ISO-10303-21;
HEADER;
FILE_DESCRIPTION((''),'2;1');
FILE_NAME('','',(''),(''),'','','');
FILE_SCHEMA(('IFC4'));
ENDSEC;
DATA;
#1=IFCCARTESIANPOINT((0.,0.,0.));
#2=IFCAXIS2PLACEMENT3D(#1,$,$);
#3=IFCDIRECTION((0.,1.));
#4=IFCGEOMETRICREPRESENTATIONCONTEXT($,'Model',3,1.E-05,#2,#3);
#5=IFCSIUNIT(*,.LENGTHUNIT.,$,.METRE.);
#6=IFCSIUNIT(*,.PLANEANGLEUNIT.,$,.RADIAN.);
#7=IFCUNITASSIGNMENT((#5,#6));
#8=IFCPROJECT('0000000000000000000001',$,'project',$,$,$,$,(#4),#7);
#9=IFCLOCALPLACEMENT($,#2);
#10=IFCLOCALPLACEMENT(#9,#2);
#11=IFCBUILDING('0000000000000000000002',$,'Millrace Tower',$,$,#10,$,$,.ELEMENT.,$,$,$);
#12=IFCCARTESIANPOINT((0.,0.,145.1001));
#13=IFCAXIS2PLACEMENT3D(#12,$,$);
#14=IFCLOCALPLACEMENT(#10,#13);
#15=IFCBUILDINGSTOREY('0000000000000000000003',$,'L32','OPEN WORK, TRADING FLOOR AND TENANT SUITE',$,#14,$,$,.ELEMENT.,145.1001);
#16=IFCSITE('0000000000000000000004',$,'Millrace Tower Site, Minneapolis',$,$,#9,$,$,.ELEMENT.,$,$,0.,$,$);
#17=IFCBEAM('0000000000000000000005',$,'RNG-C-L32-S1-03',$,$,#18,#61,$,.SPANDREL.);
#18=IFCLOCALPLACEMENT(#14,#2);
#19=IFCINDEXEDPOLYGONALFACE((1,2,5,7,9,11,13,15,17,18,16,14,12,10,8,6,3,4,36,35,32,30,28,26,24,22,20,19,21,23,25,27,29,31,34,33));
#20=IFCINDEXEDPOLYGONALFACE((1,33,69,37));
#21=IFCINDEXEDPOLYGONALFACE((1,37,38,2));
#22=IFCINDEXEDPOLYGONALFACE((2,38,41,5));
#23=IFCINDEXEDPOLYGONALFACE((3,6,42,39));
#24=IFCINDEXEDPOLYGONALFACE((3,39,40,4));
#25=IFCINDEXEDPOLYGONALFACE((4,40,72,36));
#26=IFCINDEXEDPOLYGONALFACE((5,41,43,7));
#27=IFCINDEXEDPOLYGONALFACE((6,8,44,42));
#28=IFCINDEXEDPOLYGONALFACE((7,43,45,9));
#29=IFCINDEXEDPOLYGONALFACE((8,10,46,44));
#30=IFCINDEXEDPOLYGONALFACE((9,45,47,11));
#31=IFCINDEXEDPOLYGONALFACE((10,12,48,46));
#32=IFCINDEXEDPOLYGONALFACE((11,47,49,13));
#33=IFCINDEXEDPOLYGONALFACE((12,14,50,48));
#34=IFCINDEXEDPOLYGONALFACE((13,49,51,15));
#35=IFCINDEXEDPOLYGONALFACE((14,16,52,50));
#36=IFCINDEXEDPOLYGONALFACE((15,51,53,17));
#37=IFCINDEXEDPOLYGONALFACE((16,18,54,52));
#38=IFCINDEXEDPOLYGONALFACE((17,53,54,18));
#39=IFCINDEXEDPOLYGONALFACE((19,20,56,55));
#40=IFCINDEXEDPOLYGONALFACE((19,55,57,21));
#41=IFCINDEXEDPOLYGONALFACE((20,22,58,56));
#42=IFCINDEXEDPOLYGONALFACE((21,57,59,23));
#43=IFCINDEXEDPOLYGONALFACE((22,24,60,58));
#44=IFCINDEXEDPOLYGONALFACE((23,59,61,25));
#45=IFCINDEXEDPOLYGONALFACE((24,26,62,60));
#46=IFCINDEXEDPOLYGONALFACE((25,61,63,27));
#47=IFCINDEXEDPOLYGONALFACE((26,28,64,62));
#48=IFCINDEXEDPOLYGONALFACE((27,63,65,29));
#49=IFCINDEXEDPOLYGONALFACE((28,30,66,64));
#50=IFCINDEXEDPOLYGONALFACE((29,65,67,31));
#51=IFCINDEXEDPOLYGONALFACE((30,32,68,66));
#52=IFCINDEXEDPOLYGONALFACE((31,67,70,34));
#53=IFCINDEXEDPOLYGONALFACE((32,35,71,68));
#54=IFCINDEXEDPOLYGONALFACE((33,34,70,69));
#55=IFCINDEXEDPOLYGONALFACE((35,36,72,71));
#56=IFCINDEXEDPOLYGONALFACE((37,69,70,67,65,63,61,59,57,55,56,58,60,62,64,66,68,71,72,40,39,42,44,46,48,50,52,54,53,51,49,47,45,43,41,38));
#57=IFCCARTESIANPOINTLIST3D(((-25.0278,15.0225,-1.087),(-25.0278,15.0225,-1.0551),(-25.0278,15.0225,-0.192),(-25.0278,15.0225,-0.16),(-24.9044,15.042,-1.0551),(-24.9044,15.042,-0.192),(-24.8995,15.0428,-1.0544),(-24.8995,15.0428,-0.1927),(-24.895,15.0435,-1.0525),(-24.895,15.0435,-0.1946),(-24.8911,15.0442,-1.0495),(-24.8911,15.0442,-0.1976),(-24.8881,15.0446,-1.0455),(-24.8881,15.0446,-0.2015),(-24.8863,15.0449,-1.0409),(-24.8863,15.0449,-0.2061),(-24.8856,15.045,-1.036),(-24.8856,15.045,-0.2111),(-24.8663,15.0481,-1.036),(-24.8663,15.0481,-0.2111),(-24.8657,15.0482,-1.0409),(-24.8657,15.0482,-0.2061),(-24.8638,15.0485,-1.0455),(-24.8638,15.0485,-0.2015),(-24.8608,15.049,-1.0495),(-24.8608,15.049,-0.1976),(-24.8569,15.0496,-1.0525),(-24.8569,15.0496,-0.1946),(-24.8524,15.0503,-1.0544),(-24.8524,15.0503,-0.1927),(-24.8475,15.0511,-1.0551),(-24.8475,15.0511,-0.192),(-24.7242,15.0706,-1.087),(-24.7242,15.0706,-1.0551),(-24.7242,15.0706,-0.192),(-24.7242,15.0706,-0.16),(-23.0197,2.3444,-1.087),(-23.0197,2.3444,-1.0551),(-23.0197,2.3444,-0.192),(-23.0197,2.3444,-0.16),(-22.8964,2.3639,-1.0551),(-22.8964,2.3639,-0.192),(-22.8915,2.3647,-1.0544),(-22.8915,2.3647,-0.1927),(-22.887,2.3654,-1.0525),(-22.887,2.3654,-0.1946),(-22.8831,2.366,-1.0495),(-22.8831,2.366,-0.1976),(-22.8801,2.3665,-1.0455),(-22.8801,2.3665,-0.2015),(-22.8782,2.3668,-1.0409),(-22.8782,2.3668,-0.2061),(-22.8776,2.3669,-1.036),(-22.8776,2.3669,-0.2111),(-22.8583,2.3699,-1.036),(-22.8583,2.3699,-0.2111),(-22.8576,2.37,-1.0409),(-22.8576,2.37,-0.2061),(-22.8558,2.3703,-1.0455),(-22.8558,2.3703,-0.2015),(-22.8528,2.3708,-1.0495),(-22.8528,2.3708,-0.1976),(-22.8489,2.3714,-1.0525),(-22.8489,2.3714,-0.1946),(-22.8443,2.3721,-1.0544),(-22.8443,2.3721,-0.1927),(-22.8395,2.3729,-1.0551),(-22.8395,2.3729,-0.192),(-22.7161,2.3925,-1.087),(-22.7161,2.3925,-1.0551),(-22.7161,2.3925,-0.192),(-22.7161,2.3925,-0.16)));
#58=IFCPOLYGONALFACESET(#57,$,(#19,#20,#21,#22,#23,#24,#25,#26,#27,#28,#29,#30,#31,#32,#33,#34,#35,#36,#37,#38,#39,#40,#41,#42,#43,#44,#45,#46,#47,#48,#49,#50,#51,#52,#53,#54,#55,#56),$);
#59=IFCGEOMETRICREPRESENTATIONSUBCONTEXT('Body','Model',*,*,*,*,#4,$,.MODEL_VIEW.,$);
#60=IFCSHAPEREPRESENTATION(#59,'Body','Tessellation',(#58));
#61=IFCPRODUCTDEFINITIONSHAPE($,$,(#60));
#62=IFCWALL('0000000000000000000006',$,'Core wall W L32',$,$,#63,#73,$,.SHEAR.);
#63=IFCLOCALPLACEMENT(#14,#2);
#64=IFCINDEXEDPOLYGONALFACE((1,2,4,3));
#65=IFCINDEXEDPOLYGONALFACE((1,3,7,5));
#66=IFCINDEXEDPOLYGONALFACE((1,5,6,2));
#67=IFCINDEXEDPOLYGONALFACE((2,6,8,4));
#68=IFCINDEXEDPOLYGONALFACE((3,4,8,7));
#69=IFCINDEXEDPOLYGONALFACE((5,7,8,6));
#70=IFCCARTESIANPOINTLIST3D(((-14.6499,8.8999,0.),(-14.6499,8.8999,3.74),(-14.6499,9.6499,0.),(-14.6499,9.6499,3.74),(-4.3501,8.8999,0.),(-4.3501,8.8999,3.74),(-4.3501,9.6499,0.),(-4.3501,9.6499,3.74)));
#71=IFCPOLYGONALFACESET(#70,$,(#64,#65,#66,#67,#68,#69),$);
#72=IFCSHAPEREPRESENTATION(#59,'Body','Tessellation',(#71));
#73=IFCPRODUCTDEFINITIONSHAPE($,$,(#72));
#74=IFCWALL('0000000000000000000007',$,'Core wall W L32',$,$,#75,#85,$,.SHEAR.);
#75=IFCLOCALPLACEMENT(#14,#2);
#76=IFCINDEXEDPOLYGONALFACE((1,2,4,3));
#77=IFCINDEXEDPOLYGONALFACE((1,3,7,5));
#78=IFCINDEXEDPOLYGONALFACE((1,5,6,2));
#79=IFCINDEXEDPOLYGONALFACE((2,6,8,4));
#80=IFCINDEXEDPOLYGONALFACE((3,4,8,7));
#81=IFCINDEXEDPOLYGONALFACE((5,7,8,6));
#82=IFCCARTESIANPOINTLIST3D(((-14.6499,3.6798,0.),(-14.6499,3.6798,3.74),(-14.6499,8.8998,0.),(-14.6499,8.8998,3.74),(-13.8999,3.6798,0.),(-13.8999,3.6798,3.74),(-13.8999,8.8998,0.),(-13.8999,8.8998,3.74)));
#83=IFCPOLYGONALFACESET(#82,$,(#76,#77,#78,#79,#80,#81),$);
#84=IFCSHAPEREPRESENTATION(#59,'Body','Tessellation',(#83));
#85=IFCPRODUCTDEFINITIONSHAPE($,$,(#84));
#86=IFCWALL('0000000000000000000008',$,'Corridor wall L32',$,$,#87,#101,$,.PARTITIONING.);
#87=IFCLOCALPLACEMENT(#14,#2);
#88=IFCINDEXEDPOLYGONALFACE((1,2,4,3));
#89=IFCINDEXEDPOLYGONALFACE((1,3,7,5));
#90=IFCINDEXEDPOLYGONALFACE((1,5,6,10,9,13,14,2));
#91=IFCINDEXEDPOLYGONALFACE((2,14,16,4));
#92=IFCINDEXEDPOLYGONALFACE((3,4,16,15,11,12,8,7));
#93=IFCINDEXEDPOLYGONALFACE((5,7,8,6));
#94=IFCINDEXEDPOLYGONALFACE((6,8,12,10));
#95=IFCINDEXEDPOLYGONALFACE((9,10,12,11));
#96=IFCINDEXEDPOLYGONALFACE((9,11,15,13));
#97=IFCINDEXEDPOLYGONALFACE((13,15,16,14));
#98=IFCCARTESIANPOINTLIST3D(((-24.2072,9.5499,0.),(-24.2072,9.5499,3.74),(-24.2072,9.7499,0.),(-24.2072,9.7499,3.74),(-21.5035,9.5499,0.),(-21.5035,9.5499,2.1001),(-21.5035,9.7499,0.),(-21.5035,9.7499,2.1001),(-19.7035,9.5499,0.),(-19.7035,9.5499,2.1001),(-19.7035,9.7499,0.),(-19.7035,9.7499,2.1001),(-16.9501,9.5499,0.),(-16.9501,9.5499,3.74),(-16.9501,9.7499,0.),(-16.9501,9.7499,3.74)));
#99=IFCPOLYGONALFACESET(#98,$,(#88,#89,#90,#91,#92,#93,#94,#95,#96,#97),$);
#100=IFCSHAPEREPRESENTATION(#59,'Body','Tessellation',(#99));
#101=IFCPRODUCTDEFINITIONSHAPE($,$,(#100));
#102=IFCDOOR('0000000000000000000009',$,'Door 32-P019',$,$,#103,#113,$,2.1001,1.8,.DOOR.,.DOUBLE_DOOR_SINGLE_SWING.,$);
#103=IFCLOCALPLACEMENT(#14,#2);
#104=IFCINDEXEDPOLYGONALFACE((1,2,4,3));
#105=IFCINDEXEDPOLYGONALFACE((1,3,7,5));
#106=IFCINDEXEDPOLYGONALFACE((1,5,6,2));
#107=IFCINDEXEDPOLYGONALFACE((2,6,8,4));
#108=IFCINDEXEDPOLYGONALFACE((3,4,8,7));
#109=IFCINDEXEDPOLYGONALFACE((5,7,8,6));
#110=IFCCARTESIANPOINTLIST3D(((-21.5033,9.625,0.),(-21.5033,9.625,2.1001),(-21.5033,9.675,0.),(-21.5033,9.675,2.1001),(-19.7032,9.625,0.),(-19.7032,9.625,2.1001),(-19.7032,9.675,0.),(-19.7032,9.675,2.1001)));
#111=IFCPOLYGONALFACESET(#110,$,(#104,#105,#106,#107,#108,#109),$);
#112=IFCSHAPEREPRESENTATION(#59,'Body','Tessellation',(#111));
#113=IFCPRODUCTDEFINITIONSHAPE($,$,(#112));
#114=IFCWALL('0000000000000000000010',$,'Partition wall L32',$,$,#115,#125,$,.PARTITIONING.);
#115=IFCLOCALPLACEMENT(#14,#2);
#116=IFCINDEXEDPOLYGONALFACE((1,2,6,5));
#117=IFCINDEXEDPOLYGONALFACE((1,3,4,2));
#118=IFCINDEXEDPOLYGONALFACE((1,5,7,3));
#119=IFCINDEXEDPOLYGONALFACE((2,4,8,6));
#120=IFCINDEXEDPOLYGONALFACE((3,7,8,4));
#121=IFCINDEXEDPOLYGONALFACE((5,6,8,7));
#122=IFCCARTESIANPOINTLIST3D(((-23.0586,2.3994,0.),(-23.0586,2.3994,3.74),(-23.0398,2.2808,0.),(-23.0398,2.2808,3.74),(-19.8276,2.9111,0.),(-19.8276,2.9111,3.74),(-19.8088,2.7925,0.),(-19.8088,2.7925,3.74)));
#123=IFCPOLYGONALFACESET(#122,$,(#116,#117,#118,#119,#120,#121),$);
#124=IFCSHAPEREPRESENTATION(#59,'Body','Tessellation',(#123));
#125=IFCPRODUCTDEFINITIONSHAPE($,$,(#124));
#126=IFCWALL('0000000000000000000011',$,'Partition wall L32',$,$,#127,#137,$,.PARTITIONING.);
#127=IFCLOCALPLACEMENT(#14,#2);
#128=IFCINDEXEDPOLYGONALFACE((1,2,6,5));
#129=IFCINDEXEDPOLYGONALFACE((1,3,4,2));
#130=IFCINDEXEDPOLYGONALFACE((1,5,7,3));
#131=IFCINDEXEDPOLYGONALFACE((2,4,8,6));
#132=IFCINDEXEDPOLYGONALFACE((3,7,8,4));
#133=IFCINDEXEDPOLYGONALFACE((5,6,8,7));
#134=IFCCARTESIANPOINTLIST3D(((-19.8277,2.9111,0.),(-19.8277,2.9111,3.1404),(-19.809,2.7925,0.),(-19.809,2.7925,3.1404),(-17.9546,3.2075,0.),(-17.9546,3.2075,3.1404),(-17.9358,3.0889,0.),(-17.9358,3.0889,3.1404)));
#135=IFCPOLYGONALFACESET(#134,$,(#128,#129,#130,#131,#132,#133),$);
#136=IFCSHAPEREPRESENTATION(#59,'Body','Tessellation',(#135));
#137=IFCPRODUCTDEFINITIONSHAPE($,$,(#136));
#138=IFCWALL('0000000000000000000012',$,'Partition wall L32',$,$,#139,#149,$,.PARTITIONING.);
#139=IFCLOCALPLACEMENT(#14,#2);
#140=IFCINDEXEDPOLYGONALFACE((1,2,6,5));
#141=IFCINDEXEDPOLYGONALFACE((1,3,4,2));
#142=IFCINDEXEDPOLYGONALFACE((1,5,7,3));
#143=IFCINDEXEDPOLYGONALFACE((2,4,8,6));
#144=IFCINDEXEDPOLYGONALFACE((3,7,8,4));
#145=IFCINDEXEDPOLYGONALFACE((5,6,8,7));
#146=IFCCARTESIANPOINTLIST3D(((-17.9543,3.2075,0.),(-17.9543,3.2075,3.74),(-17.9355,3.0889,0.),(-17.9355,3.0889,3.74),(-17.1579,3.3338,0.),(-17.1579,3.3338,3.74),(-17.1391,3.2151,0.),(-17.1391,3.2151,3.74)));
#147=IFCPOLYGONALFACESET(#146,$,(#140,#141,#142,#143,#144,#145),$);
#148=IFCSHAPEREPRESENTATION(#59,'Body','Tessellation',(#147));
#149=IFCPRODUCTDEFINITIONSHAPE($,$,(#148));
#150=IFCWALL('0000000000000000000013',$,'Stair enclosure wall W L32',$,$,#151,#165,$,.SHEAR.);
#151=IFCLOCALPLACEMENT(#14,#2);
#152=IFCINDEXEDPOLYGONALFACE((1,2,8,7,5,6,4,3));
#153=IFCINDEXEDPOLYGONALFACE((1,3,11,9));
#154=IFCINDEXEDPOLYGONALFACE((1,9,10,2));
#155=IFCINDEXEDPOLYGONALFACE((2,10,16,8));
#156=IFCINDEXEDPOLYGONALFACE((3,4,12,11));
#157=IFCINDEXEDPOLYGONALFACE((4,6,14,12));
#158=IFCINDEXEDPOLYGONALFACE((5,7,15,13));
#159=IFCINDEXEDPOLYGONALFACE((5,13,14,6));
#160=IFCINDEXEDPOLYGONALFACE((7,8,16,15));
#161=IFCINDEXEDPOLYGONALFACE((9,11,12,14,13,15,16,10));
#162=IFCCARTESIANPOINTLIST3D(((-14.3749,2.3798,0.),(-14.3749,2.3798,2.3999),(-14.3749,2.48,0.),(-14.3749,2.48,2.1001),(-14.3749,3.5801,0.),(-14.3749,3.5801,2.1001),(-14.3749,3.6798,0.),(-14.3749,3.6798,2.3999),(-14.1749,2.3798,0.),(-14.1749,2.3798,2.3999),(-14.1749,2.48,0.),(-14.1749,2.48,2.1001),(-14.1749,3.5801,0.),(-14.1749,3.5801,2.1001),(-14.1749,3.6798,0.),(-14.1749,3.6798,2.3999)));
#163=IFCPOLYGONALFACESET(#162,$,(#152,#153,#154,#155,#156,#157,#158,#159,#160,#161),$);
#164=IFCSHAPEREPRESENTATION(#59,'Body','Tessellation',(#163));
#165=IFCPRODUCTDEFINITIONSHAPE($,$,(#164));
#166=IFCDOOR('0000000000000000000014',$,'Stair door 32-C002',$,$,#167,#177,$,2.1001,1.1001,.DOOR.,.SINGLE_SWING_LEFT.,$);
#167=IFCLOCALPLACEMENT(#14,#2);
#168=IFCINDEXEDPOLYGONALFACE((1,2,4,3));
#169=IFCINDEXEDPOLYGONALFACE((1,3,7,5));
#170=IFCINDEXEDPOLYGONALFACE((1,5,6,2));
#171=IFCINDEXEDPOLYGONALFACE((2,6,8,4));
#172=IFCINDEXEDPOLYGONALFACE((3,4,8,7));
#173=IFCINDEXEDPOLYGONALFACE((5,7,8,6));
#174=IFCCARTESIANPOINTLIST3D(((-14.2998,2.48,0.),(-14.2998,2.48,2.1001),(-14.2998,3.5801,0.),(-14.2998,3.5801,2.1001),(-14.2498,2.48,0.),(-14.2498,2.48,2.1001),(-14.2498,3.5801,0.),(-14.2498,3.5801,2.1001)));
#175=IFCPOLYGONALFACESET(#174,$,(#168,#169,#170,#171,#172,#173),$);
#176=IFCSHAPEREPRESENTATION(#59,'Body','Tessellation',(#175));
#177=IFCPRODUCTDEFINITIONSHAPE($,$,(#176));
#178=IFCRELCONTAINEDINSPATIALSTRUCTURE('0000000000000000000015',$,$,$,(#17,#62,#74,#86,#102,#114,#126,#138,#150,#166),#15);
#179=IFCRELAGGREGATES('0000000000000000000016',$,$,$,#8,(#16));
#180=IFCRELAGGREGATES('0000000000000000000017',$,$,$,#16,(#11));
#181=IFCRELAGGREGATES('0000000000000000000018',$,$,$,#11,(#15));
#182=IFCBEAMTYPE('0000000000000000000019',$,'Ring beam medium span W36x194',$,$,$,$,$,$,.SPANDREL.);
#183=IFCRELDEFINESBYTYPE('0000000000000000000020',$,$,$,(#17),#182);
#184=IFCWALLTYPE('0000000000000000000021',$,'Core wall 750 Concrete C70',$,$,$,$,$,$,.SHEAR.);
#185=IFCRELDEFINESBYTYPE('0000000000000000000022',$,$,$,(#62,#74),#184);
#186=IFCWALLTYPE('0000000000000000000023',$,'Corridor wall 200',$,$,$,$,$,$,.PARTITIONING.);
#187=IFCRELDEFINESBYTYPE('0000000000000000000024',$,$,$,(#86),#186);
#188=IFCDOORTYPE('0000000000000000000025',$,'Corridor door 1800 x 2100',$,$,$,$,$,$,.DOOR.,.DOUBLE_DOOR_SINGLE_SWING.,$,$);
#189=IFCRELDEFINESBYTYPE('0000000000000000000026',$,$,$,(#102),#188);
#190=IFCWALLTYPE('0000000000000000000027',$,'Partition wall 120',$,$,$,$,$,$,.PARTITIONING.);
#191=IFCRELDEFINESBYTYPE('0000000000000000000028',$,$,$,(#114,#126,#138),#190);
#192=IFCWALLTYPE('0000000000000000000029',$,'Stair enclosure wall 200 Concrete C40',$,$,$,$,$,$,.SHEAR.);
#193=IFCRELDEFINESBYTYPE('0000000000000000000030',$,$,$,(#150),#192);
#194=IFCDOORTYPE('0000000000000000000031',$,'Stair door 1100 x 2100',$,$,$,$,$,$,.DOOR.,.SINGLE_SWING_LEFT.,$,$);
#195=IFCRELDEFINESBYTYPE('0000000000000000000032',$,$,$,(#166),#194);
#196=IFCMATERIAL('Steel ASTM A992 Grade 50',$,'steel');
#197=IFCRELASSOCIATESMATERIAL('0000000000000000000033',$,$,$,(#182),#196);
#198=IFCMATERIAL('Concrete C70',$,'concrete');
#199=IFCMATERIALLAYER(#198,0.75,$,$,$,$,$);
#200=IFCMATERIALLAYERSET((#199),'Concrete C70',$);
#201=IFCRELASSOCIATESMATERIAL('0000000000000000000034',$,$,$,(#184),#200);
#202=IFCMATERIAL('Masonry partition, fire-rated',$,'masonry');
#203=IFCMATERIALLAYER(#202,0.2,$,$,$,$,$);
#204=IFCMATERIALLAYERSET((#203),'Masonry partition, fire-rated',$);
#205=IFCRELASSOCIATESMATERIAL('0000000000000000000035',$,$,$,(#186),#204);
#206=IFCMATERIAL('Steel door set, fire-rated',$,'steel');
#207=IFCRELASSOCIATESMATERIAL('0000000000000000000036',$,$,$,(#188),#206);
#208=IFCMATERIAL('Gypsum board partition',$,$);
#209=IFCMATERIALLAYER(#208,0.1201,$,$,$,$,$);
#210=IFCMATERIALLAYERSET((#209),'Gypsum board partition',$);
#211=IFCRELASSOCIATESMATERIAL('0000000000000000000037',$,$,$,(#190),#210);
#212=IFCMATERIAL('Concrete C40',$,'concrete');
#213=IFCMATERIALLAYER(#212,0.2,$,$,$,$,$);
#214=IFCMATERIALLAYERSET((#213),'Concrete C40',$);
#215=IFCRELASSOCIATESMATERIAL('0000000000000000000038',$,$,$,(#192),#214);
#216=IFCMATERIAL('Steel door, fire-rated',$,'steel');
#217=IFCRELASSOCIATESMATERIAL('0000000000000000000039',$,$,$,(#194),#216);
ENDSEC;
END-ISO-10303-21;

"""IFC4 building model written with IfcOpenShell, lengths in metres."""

from ifc_helpers import new_model, si_unit, direction, frame, frame_2d, origin, origin_2d, place, context, subcontext, project, spatial, rectangle, i_section, extrude, material, layer, layer_set, material_profile, profile_set, type_object, element, fill, save


model = new_model("IFC4")

# Units and contexts
model_context = context("Model", 3, precision=1e-05, world=origin(), true_north=direction((0.0, 1.0)))
body_context = subcontext(model_context, "Body", "Model", "MODEL_VIEW")
ifc_project = project(units=[si_unit("LENGTHUNIT", "METRE"), si_unit("PLANEANGLEUNIT", "RADIAN")], contexts=[model_context])

# Site, building, storey
site_placement = place(None, origin())
site = spatial("IfcSite", under=ifc_project, at=site_placement, Name="Millrace Tower Site, Minneapolis", CompositionType="ELEMENT", RefElevation=0.0)
building_placement = place(site_placement, origin())
building = spatial("IfcBuilding", under=site, at=building_placement, Name="Millrace Tower", CompositionType="ELEMENT")
storey_placement = place(building_placement, frame((0.0, 0.0, 145.1001)))
storey = spatial("IfcBuildingStorey", under=building, at=storey_placement, Name="L32", Description="OPEN WORK, TRADING FLOOR AND TENANT SUITE", CompositionType="ELEMENT", Elevation=145.1001)

# Beam
ifc_material_1 = material(Name="Steel ASTM A992 Grade 50", Category="steel")
ifc_material_profile_1 = material_profile(ifc_material_1, i_section(OverallWidth=0.3074, OverallDepth=0.927, WebThickness=0.0195, FlangeThickness=0.032, FilletRadius=0.019, at=origin_2d()))
ifc_profile_set_1 = profile_set([ifc_material_profile_1], Name="Steel ASTM A992 Grade 50")
beam_type_1 = type_object("IfcBeamType", Name="Ring beam medium span W36x194", PredefinedType="SPANDREL", material=ifc_profile_set_1)
beam_1_placement = place(storey_placement, frame((-22.8679, 2.3684, -0.6235), z_axis=(-0.156436, 0.987688, 0.0), x_axis=(-0.987688, -0.156436, 0.0)))
element("IfcBeam", 1, at=beam_1_placement, inside=storey, type_object=beam_type_1, Name="RNG-C-L32-S1-03", PredefinedType="SPANDREL", context=body_context, shape_type="SweptSolid", body=[
    extrude(i_section(OverallWidth=0.3074, OverallDepth=0.927, WebThickness=0.0195, FlangeThickness=0.032, FilletRadius=0.019, at=origin_2d()), origin(), (0.0, 0.0, 1.0), 12.8362),
])

# Walls
ifc_material_2 = material(Name="Concrete C70", Category="concrete")
ifc_layer_1 = layer(ifc_material_2, 0.75)
ifc_layer_set_1 = layer_set([ifc_layer_1], Name="Concrete C70")
wall_type_1 = type_object("IfcWallType", Name="Core wall 750 Concrete C70", PredefinedType="SHEAR", material=ifc_layer_set_1)
wall_1_placement = place(storey_placement, frame((-14.6499, 9.2749, 0.0), z_axis=(0.0, 0.0, 1.0), x_axis=(1.0, 0.0, 0.0)))
element("IfcWall", 2, at=wall_1_placement, inside=storey, type_object=wall_type_1, Name="Core wall W L32", PredefinedType="SHEAR", context=body_context, shape_type="SweptSolid", body=[
    extrude(rectangle(XDim=10.2998, YDim=0.75, at=frame_2d((5.1499, 0.0))), origin(), (0.0, 0.0, 1.0), 3.74),
])
wall_2_placement = place(storey_placement, frame((-14.2749, 3.6799, 0.0), z_axis=(0.0, 0.0, 1.0), x_axis=(0.0, 1.0, 0.0)))
element("IfcWall", 3, at=wall_2_placement, inside=storey, type_object=wall_type_1, Name="Core wall W L32", PredefinedType="SHEAR", context=body_context, shape_type="SweptSolid", body=[
    extrude(rectangle(XDim=5.22, YDim=0.75, at=frame_2d((2.6099, 0.0))), origin(), (0.0, 0.0, 1.0), 3.74),
])

# Wall, opening, door
ifc_material_3 = material(Name="Masonry partition, fire-rated", Category="masonry")
ifc_layer_2 = layer(ifc_material_3, 0.2)
ifc_layer_set_2 = layer_set([ifc_layer_2], Name="Masonry partition, fire-rated")
wall_type_2 = type_object("IfcWallType", Name="Corridor wall 200", PredefinedType="PARTITIONING", material=ifc_layer_set_2)
wall_3_placement = place(storey_placement, frame((-24.207, 9.6499, 0.0), z_axis=(0.0, 0.0, 1.0), x_axis=(1.0, 0.0, 0.0)))
wall_3 = element("IfcWall", 4, at=wall_3_placement, inside=storey, type_object=wall_type_2, Name="Corridor wall L32", PredefinedType="PARTITIONING", context=body_context, shape_type="SweptSolid", body=[
    extrude(rectangle(XDim=7.2571, YDim=0.2, at=frame_2d((3.6284, 0.0))), origin(), (0.0, 0.0, 1.0), 3.74),
])
opening_1_placement = place(wall_3_placement, frame((2.7036, 0.0, 0.0)))
opening_1 = element("IfcOpeningElement", 5, at=opening_1_placement, cuts=wall_3, PredefinedType="OPENING", context=body_context, shape_type="SweptSolid", body=[
    extrude(rectangle(XDim=1.8, YDim=2.1001, at=frame_2d((0.8999, 1.05))), frame((0.0, 0.1099, 0.0), z_axis=(0.0, -1.0, 0.0), x_axis=(1.0, 0.0, 0.0)), (0.0, 0.0, 1.0), 0.22),
])
ifc_material_4 = material(Name="Steel door set, fire-rated", Category="steel")
door_type_1 = type_object("IfcDoorType", Name="Corridor door 1800 x 2100", OperationType="DOUBLE_DOOR_SINGLE_SWING", PredefinedType="DOOR", material=ifc_material_4)
door_1_placement = place(opening_1_placement, frame((1.8, 0.0, 0.0), z_axis=(0.0, 0.0, 1.0), x_axis=(-1.0, 0.0, 0.0)))
door_1 = element("IfcDoor", 6, at=door_1_placement, inside=storey, type_object=door_type_1, Name="Door 32-P019", OperationType="DOUBLE_DOOR_SINGLE_SWING", OverallHeight=2.1001, OverallWidth=1.8, PredefinedType="DOOR", context=body_context, shape_type="SweptSolid", body=[
    extrude(rectangle(XDim=1.8, YDim=2.1001, at=frame_2d((0.8999, 1.05))), frame((0.0, 0.0249, 0.0), z_axis=(0.0, -1.0, 0.0), x_axis=(1.0, 0.0, 0.0)), (0.0, 0.0, 1.0), 0.05),
])
fill(opening_1, door_1)

# Walls
ifc_material_5 = material(Name="Gypsum board partition")
ifc_layer_3 = layer(ifc_material_5, 0.1201)
ifc_layer_set_3 = layer_set([ifc_layer_3], Name="Gypsum board partition")
wall_type_3 = type_object("IfcWallType", Name="Partition wall 120", PredefinedType="PARTITIONING", material=ifc_layer_set_3)
wall_4_placement = place(storey_placement, frame((-23.0493, 2.3401, 0.0), z_axis=(0.0, 0.0, 1.0), x_axis=(0.987689, 0.15643, 0.0)))
element("IfcWall", 7, at=wall_4_placement, inside=storey, type_object=wall_type_3, Name="Partition wall L32", PredefinedType="PARTITIONING", context=body_context, shape_type="SweptSolid", body=[
    extrude(rectangle(XDim=3.2712, YDim=0.1201, at=frame_2d((1.6357, 0.0))), origin(), (0.0, 0.0, 1.0), 3.74),
])
wall_5_placement = place(storey_placement, frame((-19.8184, 2.8518, 0.0), z_axis=(0.0, 0.0, 1.0), x_axis=(0.987714, 0.156273, 0.0)))
element("IfcWall", 8, at=wall_5_placement, inside=storey, type_object=wall_type_3, Name="Partition wall L32", PredefinedType="PARTITIONING", context=body_context, shape_type="SweptSolid", body=[
    extrude(rectangle(XDim=1.8965, YDim=0.1201, at=frame_2d((0.9482, 0.0))), origin(), (0.0, 0.0, 1.0), 3.1404),
])
wall_6_placement = place(storey_placement, frame((-17.9451, 3.1482, 0.0), z_axis=(0.0, 0.0, 1.0), x_axis=(0.987672, 0.156538, 0.0)))
element("IfcWall", 9, at=wall_6_placement, inside=storey, type_object=wall_type_3, Name="Partition wall L32", PredefinedType="PARTITIONING", context=body_context, shape_type="SweptSolid", body=[
    extrude(rectangle(XDim=0.8064, YDim=0.1201, at=frame_2d((0.4033, 0.0))), origin(), (0.0, 0.0, 1.0), 3.74),
])

# Wall, opening, door
ifc_material_6 = material(Name="Concrete C40", Category="concrete")
ifc_layer_4 = layer(ifc_material_6, 0.2)
ifc_layer_set_4 = layer_set([ifc_layer_4], Name="Concrete C40")
wall_type_4 = type_object("IfcWallType", Name="Stair enclosure wall 200 Concrete C40", PredefinedType="SHEAR", material=ifc_layer_set_4)
wall_7_placement = place(storey_placement, frame((-14.2749, 2.3799, 0.0), z_axis=(0.0, 0.0, 1.0), x_axis=(0.0, 1.0, 0.0)))
wall_7 = element("IfcWall", 10, at=wall_7_placement, inside=storey, type_object=wall_type_4, Name="Stair enclosure wall W L32", PredefinedType="SHEAR", context=body_context, shape_type="SweptSolid", body=[
    extrude(rectangle(XDim=1.3, YDim=0.2, at=frame_2d((0.6499, 0.0))), origin(), (0.0, 0.0, 1.0), 2.3999),
])
opening_2_placement = place(wall_7_placement, frame((0.1001, 0.0, 0.0)))
opening_2 = element("IfcOpeningElement", 11, at=opening_2_placement, cuts=wall_7, PredefinedType="OPENING", context=body_context, shape_type="SweptSolid", body=[
    extrude(rectangle(XDim=1.1001, YDim=2.1001, at=frame_2d((0.55, 1.05))), frame((0.0, 0.1099, 0.0), z_axis=(0.0, -1.0, 0.0), x_axis=(1.0, 0.0, 0.0)), (0.0, 0.0, 1.0), 0.22),
])
ifc_material_7 = material(Name="Steel door, fire-rated", Category="steel")
door_type_2 = type_object("IfcDoorType", Name="Stair door 1100 x 2100", OperationType="SINGLE_SWING_LEFT", PredefinedType="DOOR", material=ifc_material_7)
door_2_placement = place(opening_2_placement, origin())
door_2 = element("IfcDoor", 12, at=door_2_placement, inside=storey, type_object=door_type_2, Name="Stair door 32-C002", OperationType="SINGLE_SWING_LEFT", OverallHeight=2.1001, OverallWidth=1.1001, PredefinedType="DOOR", context=body_context, shape_type="SweptSolid", body=[
    extrude(rectangle(XDim=1.1001, YDim=2.1001, at=frame_2d((0.55, 1.05))), frame((0.0, 0.0249, 0.0), z_axis=(0.0, -1.0, 0.0), x_axis=(1.0, 0.0, 0.0)), (0.0, 0.0, 1.0), 0.05),
])
fill(opening_2, door_2)

save(model, "model.ifc")
